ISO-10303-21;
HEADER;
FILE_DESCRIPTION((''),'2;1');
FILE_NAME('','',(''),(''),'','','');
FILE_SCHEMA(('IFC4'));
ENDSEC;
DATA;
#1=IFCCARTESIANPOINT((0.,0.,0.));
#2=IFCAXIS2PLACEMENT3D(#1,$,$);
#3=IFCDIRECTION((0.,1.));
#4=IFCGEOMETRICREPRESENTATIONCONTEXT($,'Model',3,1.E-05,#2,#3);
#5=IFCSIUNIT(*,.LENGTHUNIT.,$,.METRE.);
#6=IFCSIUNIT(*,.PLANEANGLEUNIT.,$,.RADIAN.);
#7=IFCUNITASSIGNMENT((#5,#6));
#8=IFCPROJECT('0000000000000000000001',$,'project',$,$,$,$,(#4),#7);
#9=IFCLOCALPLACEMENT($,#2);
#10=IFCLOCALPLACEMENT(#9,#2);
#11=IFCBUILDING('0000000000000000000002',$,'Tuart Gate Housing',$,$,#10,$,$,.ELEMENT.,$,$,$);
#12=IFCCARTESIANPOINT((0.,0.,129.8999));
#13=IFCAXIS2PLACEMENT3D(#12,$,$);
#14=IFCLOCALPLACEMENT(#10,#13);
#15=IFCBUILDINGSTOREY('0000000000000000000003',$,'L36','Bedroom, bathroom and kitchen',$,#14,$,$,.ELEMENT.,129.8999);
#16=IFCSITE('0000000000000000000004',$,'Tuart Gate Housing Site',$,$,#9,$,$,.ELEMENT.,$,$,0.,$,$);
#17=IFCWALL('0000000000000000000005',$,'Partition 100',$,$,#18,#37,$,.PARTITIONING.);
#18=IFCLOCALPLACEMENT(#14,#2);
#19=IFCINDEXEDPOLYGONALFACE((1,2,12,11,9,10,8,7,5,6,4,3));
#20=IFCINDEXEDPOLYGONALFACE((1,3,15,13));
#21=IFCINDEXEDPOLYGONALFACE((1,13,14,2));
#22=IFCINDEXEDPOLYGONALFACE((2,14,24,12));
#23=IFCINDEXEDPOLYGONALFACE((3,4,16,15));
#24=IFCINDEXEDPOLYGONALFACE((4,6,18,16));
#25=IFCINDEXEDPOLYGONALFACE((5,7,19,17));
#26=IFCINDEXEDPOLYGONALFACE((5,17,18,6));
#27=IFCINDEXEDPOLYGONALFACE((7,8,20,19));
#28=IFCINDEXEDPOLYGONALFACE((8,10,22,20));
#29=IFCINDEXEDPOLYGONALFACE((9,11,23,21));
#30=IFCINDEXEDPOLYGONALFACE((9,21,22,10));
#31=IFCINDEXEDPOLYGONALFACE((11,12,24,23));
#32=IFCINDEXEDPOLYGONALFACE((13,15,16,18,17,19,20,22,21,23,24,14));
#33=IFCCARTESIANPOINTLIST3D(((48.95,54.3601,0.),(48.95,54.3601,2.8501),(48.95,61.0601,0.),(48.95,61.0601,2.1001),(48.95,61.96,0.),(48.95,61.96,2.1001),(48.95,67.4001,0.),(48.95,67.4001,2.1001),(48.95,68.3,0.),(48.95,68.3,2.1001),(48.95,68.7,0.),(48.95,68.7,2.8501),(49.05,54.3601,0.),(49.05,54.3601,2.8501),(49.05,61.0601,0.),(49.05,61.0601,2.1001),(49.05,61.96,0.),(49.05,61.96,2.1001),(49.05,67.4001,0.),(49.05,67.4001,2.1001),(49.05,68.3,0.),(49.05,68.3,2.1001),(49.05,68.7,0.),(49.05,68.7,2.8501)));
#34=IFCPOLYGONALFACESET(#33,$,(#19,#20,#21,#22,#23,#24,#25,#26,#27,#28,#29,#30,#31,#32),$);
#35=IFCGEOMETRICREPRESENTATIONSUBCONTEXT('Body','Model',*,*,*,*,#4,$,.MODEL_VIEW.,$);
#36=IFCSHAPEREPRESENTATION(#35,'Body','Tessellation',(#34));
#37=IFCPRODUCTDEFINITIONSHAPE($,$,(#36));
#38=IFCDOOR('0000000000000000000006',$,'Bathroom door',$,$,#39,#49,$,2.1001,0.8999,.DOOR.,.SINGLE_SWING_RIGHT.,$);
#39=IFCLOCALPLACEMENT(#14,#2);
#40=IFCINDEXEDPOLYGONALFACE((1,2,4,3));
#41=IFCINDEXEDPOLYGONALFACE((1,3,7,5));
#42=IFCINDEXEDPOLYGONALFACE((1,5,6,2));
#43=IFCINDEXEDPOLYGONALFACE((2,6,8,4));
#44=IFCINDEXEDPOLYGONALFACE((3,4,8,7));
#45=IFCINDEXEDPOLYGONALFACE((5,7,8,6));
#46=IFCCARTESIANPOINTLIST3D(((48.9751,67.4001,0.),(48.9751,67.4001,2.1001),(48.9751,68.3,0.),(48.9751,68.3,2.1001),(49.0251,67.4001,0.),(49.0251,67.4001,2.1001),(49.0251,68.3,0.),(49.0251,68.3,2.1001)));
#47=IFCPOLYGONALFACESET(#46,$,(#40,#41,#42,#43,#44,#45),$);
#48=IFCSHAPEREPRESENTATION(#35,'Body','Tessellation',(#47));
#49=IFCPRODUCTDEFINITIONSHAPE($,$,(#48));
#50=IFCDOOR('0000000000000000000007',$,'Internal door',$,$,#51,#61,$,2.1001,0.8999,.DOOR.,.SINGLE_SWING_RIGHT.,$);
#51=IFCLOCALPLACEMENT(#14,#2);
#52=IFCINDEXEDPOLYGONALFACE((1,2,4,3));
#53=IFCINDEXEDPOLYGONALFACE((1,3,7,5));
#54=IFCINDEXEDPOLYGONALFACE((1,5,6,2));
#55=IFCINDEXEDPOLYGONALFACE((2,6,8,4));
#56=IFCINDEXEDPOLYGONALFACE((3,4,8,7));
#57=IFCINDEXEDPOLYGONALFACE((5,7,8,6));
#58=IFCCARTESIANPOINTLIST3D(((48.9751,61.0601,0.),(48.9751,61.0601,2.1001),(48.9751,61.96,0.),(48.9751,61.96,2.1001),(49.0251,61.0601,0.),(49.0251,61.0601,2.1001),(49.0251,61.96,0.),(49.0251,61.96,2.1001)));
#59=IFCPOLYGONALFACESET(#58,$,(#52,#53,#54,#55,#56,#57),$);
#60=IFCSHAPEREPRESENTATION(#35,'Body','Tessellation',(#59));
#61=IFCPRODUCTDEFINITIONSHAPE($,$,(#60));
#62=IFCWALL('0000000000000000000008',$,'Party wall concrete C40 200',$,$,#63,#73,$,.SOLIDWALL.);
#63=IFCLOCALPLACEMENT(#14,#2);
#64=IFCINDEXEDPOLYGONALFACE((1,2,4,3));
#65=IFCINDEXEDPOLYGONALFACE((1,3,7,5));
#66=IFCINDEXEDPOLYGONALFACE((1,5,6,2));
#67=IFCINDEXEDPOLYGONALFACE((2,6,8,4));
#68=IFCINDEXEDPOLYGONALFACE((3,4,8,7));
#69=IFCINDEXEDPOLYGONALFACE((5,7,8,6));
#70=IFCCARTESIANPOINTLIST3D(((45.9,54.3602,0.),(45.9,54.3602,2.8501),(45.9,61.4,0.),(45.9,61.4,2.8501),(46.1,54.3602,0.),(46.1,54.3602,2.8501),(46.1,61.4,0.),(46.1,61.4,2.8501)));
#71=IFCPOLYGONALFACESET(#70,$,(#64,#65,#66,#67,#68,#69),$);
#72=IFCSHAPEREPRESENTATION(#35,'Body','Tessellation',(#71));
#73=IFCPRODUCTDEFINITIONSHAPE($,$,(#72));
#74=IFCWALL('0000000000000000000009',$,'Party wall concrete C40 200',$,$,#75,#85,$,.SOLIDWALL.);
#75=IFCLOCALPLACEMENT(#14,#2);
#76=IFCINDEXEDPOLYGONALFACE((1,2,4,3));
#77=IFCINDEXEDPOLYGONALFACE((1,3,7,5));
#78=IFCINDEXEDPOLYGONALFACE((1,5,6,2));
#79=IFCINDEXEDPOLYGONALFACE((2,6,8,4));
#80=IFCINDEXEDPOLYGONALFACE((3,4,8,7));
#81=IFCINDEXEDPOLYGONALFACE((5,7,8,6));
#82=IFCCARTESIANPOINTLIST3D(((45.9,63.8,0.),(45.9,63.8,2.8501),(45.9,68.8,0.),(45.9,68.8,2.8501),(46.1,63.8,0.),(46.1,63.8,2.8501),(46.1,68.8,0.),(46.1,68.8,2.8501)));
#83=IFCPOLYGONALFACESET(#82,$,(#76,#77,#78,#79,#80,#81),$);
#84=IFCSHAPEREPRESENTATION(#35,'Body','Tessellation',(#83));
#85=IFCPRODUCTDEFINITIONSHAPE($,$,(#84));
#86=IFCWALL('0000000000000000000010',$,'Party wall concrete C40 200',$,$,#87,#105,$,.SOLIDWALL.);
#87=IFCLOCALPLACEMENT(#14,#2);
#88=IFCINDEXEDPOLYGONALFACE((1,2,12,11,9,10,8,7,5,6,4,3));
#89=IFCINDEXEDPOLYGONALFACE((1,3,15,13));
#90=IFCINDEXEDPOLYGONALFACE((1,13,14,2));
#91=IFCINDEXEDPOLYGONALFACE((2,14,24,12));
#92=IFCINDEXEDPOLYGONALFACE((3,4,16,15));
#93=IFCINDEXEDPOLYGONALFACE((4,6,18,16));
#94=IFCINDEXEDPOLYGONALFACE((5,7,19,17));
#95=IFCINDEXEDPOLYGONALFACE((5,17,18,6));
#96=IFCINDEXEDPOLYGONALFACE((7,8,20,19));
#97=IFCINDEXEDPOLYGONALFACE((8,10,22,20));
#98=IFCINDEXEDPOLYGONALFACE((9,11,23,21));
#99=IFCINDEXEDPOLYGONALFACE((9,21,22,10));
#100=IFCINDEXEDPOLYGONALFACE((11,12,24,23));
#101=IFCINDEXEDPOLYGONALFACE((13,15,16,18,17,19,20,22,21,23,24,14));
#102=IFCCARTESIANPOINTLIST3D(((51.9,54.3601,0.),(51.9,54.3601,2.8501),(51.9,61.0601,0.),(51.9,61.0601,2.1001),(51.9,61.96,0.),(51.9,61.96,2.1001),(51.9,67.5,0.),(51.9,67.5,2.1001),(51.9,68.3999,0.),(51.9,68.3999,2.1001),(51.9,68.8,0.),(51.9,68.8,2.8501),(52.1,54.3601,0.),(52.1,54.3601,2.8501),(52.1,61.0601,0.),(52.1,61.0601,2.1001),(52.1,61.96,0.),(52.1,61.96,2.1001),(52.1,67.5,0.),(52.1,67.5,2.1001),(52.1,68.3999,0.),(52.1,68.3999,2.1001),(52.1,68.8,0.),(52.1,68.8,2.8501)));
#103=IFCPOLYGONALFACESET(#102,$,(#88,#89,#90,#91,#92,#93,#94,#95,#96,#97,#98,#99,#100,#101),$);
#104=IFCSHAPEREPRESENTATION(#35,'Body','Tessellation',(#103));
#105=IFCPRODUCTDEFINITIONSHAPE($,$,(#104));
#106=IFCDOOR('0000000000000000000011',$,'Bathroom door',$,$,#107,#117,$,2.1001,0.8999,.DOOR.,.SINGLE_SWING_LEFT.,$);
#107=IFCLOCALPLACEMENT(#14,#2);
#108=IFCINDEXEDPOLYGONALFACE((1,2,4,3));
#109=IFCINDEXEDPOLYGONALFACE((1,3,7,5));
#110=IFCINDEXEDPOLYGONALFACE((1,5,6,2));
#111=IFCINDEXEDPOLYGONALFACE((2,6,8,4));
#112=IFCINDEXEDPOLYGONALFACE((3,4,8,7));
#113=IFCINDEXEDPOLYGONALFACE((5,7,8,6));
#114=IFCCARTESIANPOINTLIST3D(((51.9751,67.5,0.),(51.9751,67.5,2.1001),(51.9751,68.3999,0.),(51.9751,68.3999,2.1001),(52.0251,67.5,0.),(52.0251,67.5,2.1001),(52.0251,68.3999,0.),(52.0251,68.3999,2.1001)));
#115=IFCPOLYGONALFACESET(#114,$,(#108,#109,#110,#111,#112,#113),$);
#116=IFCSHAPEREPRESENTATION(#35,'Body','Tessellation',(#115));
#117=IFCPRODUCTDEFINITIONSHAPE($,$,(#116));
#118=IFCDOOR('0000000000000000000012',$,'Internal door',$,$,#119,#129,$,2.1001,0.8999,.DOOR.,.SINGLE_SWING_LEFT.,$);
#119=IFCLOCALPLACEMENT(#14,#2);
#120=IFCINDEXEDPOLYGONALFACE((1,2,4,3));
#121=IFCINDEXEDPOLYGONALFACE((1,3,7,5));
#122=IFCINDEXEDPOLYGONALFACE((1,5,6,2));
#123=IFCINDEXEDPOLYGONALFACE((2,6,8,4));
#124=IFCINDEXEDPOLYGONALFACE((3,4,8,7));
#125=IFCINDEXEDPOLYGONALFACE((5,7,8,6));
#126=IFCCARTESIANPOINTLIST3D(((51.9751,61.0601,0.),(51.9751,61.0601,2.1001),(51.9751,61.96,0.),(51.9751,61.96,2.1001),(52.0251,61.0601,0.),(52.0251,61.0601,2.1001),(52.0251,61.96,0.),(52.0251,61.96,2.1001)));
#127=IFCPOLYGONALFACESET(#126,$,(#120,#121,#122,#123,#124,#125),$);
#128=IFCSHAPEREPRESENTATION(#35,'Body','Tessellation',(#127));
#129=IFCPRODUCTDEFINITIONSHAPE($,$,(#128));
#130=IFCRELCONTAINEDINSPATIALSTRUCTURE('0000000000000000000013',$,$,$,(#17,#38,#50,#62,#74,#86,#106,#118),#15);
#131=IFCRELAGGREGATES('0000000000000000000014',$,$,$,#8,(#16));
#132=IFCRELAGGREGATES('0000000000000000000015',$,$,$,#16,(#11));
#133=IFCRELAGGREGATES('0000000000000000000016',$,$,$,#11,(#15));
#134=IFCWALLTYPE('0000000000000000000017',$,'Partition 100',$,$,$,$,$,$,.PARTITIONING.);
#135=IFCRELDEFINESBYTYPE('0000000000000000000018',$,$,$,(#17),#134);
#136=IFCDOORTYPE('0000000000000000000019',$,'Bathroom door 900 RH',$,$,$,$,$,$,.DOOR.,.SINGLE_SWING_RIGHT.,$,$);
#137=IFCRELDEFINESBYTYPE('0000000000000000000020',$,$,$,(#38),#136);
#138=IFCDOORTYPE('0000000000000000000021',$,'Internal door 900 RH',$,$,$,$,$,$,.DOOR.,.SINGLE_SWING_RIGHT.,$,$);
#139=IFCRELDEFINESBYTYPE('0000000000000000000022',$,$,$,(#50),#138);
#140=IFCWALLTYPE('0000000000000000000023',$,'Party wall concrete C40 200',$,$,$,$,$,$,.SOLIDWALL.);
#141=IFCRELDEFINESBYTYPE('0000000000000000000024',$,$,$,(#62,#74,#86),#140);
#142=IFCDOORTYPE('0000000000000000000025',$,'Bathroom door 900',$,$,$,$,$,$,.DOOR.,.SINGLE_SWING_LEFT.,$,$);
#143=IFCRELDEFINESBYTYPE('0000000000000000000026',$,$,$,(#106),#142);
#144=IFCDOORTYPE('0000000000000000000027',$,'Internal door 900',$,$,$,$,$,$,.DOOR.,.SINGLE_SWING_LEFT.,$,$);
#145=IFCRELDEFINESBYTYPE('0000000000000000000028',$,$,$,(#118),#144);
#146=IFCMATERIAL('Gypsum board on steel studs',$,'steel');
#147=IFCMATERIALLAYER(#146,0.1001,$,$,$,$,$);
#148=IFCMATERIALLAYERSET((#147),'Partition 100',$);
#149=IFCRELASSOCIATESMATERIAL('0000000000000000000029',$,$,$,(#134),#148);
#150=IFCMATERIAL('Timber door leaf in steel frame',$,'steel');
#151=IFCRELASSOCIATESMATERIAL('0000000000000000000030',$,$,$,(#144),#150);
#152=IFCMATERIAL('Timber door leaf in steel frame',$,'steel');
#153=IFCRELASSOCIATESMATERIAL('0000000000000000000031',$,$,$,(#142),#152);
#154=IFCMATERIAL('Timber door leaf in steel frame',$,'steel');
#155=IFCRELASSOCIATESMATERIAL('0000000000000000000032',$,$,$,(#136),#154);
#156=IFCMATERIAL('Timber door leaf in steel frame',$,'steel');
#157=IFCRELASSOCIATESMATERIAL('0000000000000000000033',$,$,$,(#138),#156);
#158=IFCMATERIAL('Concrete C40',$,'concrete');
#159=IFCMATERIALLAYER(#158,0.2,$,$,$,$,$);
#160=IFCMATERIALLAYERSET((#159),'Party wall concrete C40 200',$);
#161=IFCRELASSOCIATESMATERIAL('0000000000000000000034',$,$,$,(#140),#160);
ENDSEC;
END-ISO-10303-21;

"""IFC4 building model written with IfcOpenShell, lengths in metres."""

from ifc_helpers import new_model, si_unit, direction, frame, frame_2d, origin, place, context, subcontext, project, spatial, rectangle, extrude, material, layer, layer_set, type_object, element, fill, save


model = new_model("IFC4")

# Units and contexts
model_context = context("Model", 3, precision=1e-05, world=origin(), true_north=direction((0.0, 1.0)))
body_context = subcontext(model_context, "Body", "Model", "MODEL_VIEW")
ifc_project = project(units=[si_unit("LENGTHUNIT", "METRE"), si_unit("PLANEANGLEUNIT", "RADIAN")], contexts=[model_context])

# Site, building, storey
site_placement = place(None, origin())
site = spatial("IfcSite", under=ifc_project, at=site_placement, Name="Tuart Gate Housing Site", CompositionType="ELEMENT", RefElevation=0.0)
building_placement = place(site_placement, origin())
building = spatial("IfcBuilding", under=site, at=building_placement, Name="Tuart Gate Housing", CompositionType="ELEMENT")
storey_placement = place(building_placement, frame((0.0, 0.0, 129.8999)))
storey = spatial("IfcBuildingStorey", under=building, at=storey_placement, Name="L36", Description="Bedroom, bathroom and kitchen", CompositionType="ELEMENT", Elevation=129.8999)

# Shared definitions
ifc_material_1 = material(Name="Gypsum board on steel studs", Category="steel")
ifc_layer_1 = layer(ifc_material_1, 0.1001)
ifc_layer_set_1 = layer_set([ifc_layer_1], Name="Partition 100")
wall_type_1 = type_object("IfcWallType", Name="Partition 100", PredefinedType="PARTITIONING", material=ifc_layer_set_1)
ifc_material_2 = material(Name="Timber door leaf in steel frame", Category="steel")
door_type_1 = type_object("IfcDoorType", Name="Internal door 900", OperationType="SINGLE_SWING_LEFT", PredefinedType="DOOR", material=ifc_material_2)

# Shared definitions
ifc_material_3 = material(Name="Timber door leaf in steel frame", Category="steel")
door_type_2 = type_object("IfcDoorType", Name="Bathroom door 900", OperationType="SINGLE_SWING_LEFT", PredefinedType="DOOR", material=ifc_material_3)

# Wall, openings, doors
wall_1_placement = place(storey_placement, frame((49.0, 54.3601, 0.0), z_axis=(0.0, 0.0, 1.0), x_axis=(0.0, 1.0, 0.0)))
wall_1 = element("IfcWall", 1, at=wall_1_placement, inside=storey, type_object=wall_type_1, Name="Partition 100", PredefinedType="PARTITIONING", context=body_context, shape_type="SweptSolid", body=[
    extrude(rectangle(XDim=14.3398, YDim=0.1001, at=frame_2d((7.1699, 0.0))), origin(), (0.0, 0.0, 1.0), 2.8501),
])
opening_1_placement = place(wall_1_placement, frame((6.7, 0.0, 0.0)))
opening_1 = element("IfcOpeningElement", 2, at=opening_1_placement, cuts=wall_1, PredefinedType="OPENING", context=body_context, shape_type="SweptSolid", body=[
    extrude(rectangle(XDim=0.8999, YDim=2.1001, at=frame_2d((0.45, 1.05))), frame((0.0, 0.0601, 0.0), z_axis=(0.0, -1.0, 0.0), x_axis=(1.0, 0.0, 0.0)), (0.0, 0.0, 1.0), 0.1201),
])
opening_2_placement = place(wall_1_placement, frame((13.04, 0.0, 0.0)))
opening_2 = element("IfcOpeningElement", 3, at=opening_2_placement, cuts=wall_1, PredefinedType="OPENING", context=body_context, shape_type="SweptSolid", body=[
    extrude(rectangle(XDim=0.8999, YDim=2.1001, at=frame_2d((0.45, 1.05))), frame((0.0, 0.0601, 0.0), z_axis=(0.0, -1.0, 0.0), x_axis=(1.0, 0.0, 0.0)), (0.0, 0.0, 1.0), 0.1201),
])
ifc_material_4 = material(Name="Timber door leaf in steel frame", Category="steel")
door_type_3 = type_object("IfcDoorType", Name="Bathroom door 900 RH", OperationType="SINGLE_SWING_RIGHT", PredefinedType="DOOR", material=ifc_material_4)
door_1_placement = place(opening_2_placement, origin())
door_1 = element("IfcDoor", 4, at=door_1_placement, inside=storey, type_object=door_type_3, Name="Bathroom door", OperationType="SINGLE_SWING_RIGHT", OverallHeight=2.1001, OverallWidth=0.8999, PredefinedType="DOOR", context=body_context, shape_type="SweptSolid", body=[
    extrude(rectangle(XDim=0.8999, YDim=2.1001, at=frame_2d((0.45, 1.05))), frame((0.0, 0.0249, 0.0), z_axis=(0.0, -1.0, 0.0), x_axis=(1.0, 0.0, 0.0)), (0.0, 0.0, 1.0), 0.05),
])
fill(opening_2, door_1)
ifc_material_5 = material(Name="Timber door leaf in steel frame", Category="steel")
door_type_4 = type_object("IfcDoorType", Name="Internal door 900 RH", OperationType="SINGLE_SWING_RIGHT", PredefinedType="DOOR", material=ifc_material_5)
door_2_placement = place(opening_1_placement, origin())
door_2 = element("IfcDoor", 5, at=door_2_placement, inside=storey, type_object=door_type_4, Name="Internal door", OperationType="SINGLE_SWING_RIGHT", OverallHeight=2.1001, OverallWidth=0.8999, PredefinedType="DOOR", context=body_context, shape_type="SweptSolid", body=[
    extrude(rectangle(XDim=0.8999, YDim=2.1001, at=frame_2d((0.45, 1.05))), frame((0.0, 0.0249, 0.0), z_axis=(0.0, -1.0, 0.0), x_axis=(1.0, 0.0, 0.0)), (0.0, 0.0, 1.0), 0.05),
])
fill(opening_1, door_2)

# Walls
ifc_material_6 = material(Name="Concrete C40", Category="concrete")
ifc_layer_2 = layer(ifc_material_6, 0.2)
ifc_layer_set_2 = layer_set([ifc_layer_2], Name="Party wall concrete C40 200")
wall_type_2 = type_object("IfcWallType", Name="Party wall concrete C40 200", PredefinedType="SOLIDWALL", material=ifc_layer_set_2)
wall_2_placement = place(storey_placement, frame((46.0, 54.3601, 0.0), z_axis=(0.0, 0.0, 1.0), x_axis=(0.0, 1.0, 0.0)))
element("IfcWall", 6, at=wall_2_placement, inside=storey, type_object=wall_type_2, Name="Party wall concrete C40 200", PredefinedType="SOLIDWALL", context=body_context, shape_type="SweptSolid", body=[
    extrude(rectangle(XDim=7.0398, YDim=0.2, at=frame_2d((3.52, 0.0))), origin(), (0.0, 0.0, 1.0), 2.8501),
])
wall_3_placement = place(storey_placement, frame((46.0, 63.8, 0.0), z_axis=(0.0, 0.0, 1.0), x_axis=(0.0, 1.0, 0.0)))
element("IfcWall", 7, at=wall_3_placement, inside=storey, type_object=wall_type_2, Name="Party wall concrete C40 200", PredefinedType="SOLIDWALL", context=body_context, shape_type="SweptSolid", body=[
    extrude(rectangle(XDim=5.0, YDim=0.2, at=frame_2d((2.5, 0.0))), origin(), (0.0, 0.0, 1.0), 2.8501),
])

# Wall, openings, doors
wall_4_placement = place(storey_placement, frame((52.0, 54.3601, 0.0), z_axis=(0.0, 0.0, 1.0), x_axis=(0.0, 1.0, 0.0)))
wall_4 = element("IfcWall", 8, at=wall_4_placement, inside=storey, type_object=wall_type_2, Name="Party wall concrete C40 200", PredefinedType="SOLIDWALL", context=body_context, shape_type="SweptSolid", body=[
    extrude(rectangle(XDim=14.4399, YDim=0.2, at=frame_2d((7.22, 0.0))), origin(), (0.0, 0.0, 1.0), 2.8501),
])
opening_3_placement = place(wall_4_placement, frame((6.7, 0.0, 0.0)))
opening_3 = element("IfcOpeningElement", 9, at=opening_3_placement, cuts=wall_4, PredefinedType="OPENING", context=body_context, shape_type="SweptSolid", body=[
    extrude(rectangle(XDim=0.8999, YDim=2.1001, at=frame_2d((0.45, 1.05))), frame((0.0, 0.1099, 0.0), z_axis=(0.0, -1.0, 0.0), x_axis=(1.0, 0.0, 0.0)), (0.0, 0.0, 1.0), 0.22),
])
opening_4_placement = place(wall_4_placement, frame((13.1399, 0.0, 0.0)))
opening_4 = element("IfcOpeningElement", 10, at=opening_4_placement, cuts=wall_4, PredefinedType="OPENING", context=body_context, shape_type="SweptSolid", body=[
    extrude(rectangle(XDim=0.8999, YDim=2.1001, at=frame_2d((0.45, 1.05))), frame((0.0, 0.1099, 0.0), z_axis=(0.0, -1.0, 0.0), x_axis=(1.0, 0.0, 0.0)), (0.0, 0.0, 1.0), 0.22),
])
door_3_placement = place(opening_4_placement, frame((0.8999, 0.0, 0.0), z_axis=(0.0, 0.0, 1.0), x_axis=(-1.0, 0.0, 0.0)))
door_3 = element("IfcDoor", 11, at=door_3_placement, inside=storey, type_object=door_type_2, Name="Bathroom door", OperationType="SINGLE_SWING_LEFT", OverallHeight=2.1001, OverallWidth=0.8999, PredefinedType="DOOR", context=body_context, shape_type="SweptSolid", body=[
    extrude(rectangle(XDim=0.8999, YDim=2.1001, at=frame_2d((0.45, 1.05))), frame((0.0, 0.0251, 0.0), z_axis=(0.0, -1.0, 0.0), x_axis=(1.0, 0.0, 0.0)), (0.0, 0.0, 1.0), 0.05),
])
fill(opening_4, door_3)
door_4_placement = place(opening_3_placement, frame((0.8999, 0.0, 0.0), z_axis=(0.0, 0.0, 1.0), x_axis=(-1.0, 0.0, 0.0)))
door_4 = element("IfcDoor", 12, at=door_4_placement, inside=storey, type_object=door_type_1, Name="Internal door", OperationType="SINGLE_SWING_LEFT", OverallHeight=2.1001, OverallWidth=0.8999, PredefinedType="DOOR", context=body_context, shape_type="SweptSolid", body=[
    extrude(rectangle(XDim=0.8999, YDim=2.1001, at=frame_2d((0.45, 1.05))), frame((0.0, 0.0251, 0.0), z_axis=(0.0, -1.0, 0.0), x_axis=(1.0, 0.0, 0.0)), (0.0, 0.0, 1.0), 0.05),
])
fill(opening_3, door_4)

save(model, "model.ifc")
